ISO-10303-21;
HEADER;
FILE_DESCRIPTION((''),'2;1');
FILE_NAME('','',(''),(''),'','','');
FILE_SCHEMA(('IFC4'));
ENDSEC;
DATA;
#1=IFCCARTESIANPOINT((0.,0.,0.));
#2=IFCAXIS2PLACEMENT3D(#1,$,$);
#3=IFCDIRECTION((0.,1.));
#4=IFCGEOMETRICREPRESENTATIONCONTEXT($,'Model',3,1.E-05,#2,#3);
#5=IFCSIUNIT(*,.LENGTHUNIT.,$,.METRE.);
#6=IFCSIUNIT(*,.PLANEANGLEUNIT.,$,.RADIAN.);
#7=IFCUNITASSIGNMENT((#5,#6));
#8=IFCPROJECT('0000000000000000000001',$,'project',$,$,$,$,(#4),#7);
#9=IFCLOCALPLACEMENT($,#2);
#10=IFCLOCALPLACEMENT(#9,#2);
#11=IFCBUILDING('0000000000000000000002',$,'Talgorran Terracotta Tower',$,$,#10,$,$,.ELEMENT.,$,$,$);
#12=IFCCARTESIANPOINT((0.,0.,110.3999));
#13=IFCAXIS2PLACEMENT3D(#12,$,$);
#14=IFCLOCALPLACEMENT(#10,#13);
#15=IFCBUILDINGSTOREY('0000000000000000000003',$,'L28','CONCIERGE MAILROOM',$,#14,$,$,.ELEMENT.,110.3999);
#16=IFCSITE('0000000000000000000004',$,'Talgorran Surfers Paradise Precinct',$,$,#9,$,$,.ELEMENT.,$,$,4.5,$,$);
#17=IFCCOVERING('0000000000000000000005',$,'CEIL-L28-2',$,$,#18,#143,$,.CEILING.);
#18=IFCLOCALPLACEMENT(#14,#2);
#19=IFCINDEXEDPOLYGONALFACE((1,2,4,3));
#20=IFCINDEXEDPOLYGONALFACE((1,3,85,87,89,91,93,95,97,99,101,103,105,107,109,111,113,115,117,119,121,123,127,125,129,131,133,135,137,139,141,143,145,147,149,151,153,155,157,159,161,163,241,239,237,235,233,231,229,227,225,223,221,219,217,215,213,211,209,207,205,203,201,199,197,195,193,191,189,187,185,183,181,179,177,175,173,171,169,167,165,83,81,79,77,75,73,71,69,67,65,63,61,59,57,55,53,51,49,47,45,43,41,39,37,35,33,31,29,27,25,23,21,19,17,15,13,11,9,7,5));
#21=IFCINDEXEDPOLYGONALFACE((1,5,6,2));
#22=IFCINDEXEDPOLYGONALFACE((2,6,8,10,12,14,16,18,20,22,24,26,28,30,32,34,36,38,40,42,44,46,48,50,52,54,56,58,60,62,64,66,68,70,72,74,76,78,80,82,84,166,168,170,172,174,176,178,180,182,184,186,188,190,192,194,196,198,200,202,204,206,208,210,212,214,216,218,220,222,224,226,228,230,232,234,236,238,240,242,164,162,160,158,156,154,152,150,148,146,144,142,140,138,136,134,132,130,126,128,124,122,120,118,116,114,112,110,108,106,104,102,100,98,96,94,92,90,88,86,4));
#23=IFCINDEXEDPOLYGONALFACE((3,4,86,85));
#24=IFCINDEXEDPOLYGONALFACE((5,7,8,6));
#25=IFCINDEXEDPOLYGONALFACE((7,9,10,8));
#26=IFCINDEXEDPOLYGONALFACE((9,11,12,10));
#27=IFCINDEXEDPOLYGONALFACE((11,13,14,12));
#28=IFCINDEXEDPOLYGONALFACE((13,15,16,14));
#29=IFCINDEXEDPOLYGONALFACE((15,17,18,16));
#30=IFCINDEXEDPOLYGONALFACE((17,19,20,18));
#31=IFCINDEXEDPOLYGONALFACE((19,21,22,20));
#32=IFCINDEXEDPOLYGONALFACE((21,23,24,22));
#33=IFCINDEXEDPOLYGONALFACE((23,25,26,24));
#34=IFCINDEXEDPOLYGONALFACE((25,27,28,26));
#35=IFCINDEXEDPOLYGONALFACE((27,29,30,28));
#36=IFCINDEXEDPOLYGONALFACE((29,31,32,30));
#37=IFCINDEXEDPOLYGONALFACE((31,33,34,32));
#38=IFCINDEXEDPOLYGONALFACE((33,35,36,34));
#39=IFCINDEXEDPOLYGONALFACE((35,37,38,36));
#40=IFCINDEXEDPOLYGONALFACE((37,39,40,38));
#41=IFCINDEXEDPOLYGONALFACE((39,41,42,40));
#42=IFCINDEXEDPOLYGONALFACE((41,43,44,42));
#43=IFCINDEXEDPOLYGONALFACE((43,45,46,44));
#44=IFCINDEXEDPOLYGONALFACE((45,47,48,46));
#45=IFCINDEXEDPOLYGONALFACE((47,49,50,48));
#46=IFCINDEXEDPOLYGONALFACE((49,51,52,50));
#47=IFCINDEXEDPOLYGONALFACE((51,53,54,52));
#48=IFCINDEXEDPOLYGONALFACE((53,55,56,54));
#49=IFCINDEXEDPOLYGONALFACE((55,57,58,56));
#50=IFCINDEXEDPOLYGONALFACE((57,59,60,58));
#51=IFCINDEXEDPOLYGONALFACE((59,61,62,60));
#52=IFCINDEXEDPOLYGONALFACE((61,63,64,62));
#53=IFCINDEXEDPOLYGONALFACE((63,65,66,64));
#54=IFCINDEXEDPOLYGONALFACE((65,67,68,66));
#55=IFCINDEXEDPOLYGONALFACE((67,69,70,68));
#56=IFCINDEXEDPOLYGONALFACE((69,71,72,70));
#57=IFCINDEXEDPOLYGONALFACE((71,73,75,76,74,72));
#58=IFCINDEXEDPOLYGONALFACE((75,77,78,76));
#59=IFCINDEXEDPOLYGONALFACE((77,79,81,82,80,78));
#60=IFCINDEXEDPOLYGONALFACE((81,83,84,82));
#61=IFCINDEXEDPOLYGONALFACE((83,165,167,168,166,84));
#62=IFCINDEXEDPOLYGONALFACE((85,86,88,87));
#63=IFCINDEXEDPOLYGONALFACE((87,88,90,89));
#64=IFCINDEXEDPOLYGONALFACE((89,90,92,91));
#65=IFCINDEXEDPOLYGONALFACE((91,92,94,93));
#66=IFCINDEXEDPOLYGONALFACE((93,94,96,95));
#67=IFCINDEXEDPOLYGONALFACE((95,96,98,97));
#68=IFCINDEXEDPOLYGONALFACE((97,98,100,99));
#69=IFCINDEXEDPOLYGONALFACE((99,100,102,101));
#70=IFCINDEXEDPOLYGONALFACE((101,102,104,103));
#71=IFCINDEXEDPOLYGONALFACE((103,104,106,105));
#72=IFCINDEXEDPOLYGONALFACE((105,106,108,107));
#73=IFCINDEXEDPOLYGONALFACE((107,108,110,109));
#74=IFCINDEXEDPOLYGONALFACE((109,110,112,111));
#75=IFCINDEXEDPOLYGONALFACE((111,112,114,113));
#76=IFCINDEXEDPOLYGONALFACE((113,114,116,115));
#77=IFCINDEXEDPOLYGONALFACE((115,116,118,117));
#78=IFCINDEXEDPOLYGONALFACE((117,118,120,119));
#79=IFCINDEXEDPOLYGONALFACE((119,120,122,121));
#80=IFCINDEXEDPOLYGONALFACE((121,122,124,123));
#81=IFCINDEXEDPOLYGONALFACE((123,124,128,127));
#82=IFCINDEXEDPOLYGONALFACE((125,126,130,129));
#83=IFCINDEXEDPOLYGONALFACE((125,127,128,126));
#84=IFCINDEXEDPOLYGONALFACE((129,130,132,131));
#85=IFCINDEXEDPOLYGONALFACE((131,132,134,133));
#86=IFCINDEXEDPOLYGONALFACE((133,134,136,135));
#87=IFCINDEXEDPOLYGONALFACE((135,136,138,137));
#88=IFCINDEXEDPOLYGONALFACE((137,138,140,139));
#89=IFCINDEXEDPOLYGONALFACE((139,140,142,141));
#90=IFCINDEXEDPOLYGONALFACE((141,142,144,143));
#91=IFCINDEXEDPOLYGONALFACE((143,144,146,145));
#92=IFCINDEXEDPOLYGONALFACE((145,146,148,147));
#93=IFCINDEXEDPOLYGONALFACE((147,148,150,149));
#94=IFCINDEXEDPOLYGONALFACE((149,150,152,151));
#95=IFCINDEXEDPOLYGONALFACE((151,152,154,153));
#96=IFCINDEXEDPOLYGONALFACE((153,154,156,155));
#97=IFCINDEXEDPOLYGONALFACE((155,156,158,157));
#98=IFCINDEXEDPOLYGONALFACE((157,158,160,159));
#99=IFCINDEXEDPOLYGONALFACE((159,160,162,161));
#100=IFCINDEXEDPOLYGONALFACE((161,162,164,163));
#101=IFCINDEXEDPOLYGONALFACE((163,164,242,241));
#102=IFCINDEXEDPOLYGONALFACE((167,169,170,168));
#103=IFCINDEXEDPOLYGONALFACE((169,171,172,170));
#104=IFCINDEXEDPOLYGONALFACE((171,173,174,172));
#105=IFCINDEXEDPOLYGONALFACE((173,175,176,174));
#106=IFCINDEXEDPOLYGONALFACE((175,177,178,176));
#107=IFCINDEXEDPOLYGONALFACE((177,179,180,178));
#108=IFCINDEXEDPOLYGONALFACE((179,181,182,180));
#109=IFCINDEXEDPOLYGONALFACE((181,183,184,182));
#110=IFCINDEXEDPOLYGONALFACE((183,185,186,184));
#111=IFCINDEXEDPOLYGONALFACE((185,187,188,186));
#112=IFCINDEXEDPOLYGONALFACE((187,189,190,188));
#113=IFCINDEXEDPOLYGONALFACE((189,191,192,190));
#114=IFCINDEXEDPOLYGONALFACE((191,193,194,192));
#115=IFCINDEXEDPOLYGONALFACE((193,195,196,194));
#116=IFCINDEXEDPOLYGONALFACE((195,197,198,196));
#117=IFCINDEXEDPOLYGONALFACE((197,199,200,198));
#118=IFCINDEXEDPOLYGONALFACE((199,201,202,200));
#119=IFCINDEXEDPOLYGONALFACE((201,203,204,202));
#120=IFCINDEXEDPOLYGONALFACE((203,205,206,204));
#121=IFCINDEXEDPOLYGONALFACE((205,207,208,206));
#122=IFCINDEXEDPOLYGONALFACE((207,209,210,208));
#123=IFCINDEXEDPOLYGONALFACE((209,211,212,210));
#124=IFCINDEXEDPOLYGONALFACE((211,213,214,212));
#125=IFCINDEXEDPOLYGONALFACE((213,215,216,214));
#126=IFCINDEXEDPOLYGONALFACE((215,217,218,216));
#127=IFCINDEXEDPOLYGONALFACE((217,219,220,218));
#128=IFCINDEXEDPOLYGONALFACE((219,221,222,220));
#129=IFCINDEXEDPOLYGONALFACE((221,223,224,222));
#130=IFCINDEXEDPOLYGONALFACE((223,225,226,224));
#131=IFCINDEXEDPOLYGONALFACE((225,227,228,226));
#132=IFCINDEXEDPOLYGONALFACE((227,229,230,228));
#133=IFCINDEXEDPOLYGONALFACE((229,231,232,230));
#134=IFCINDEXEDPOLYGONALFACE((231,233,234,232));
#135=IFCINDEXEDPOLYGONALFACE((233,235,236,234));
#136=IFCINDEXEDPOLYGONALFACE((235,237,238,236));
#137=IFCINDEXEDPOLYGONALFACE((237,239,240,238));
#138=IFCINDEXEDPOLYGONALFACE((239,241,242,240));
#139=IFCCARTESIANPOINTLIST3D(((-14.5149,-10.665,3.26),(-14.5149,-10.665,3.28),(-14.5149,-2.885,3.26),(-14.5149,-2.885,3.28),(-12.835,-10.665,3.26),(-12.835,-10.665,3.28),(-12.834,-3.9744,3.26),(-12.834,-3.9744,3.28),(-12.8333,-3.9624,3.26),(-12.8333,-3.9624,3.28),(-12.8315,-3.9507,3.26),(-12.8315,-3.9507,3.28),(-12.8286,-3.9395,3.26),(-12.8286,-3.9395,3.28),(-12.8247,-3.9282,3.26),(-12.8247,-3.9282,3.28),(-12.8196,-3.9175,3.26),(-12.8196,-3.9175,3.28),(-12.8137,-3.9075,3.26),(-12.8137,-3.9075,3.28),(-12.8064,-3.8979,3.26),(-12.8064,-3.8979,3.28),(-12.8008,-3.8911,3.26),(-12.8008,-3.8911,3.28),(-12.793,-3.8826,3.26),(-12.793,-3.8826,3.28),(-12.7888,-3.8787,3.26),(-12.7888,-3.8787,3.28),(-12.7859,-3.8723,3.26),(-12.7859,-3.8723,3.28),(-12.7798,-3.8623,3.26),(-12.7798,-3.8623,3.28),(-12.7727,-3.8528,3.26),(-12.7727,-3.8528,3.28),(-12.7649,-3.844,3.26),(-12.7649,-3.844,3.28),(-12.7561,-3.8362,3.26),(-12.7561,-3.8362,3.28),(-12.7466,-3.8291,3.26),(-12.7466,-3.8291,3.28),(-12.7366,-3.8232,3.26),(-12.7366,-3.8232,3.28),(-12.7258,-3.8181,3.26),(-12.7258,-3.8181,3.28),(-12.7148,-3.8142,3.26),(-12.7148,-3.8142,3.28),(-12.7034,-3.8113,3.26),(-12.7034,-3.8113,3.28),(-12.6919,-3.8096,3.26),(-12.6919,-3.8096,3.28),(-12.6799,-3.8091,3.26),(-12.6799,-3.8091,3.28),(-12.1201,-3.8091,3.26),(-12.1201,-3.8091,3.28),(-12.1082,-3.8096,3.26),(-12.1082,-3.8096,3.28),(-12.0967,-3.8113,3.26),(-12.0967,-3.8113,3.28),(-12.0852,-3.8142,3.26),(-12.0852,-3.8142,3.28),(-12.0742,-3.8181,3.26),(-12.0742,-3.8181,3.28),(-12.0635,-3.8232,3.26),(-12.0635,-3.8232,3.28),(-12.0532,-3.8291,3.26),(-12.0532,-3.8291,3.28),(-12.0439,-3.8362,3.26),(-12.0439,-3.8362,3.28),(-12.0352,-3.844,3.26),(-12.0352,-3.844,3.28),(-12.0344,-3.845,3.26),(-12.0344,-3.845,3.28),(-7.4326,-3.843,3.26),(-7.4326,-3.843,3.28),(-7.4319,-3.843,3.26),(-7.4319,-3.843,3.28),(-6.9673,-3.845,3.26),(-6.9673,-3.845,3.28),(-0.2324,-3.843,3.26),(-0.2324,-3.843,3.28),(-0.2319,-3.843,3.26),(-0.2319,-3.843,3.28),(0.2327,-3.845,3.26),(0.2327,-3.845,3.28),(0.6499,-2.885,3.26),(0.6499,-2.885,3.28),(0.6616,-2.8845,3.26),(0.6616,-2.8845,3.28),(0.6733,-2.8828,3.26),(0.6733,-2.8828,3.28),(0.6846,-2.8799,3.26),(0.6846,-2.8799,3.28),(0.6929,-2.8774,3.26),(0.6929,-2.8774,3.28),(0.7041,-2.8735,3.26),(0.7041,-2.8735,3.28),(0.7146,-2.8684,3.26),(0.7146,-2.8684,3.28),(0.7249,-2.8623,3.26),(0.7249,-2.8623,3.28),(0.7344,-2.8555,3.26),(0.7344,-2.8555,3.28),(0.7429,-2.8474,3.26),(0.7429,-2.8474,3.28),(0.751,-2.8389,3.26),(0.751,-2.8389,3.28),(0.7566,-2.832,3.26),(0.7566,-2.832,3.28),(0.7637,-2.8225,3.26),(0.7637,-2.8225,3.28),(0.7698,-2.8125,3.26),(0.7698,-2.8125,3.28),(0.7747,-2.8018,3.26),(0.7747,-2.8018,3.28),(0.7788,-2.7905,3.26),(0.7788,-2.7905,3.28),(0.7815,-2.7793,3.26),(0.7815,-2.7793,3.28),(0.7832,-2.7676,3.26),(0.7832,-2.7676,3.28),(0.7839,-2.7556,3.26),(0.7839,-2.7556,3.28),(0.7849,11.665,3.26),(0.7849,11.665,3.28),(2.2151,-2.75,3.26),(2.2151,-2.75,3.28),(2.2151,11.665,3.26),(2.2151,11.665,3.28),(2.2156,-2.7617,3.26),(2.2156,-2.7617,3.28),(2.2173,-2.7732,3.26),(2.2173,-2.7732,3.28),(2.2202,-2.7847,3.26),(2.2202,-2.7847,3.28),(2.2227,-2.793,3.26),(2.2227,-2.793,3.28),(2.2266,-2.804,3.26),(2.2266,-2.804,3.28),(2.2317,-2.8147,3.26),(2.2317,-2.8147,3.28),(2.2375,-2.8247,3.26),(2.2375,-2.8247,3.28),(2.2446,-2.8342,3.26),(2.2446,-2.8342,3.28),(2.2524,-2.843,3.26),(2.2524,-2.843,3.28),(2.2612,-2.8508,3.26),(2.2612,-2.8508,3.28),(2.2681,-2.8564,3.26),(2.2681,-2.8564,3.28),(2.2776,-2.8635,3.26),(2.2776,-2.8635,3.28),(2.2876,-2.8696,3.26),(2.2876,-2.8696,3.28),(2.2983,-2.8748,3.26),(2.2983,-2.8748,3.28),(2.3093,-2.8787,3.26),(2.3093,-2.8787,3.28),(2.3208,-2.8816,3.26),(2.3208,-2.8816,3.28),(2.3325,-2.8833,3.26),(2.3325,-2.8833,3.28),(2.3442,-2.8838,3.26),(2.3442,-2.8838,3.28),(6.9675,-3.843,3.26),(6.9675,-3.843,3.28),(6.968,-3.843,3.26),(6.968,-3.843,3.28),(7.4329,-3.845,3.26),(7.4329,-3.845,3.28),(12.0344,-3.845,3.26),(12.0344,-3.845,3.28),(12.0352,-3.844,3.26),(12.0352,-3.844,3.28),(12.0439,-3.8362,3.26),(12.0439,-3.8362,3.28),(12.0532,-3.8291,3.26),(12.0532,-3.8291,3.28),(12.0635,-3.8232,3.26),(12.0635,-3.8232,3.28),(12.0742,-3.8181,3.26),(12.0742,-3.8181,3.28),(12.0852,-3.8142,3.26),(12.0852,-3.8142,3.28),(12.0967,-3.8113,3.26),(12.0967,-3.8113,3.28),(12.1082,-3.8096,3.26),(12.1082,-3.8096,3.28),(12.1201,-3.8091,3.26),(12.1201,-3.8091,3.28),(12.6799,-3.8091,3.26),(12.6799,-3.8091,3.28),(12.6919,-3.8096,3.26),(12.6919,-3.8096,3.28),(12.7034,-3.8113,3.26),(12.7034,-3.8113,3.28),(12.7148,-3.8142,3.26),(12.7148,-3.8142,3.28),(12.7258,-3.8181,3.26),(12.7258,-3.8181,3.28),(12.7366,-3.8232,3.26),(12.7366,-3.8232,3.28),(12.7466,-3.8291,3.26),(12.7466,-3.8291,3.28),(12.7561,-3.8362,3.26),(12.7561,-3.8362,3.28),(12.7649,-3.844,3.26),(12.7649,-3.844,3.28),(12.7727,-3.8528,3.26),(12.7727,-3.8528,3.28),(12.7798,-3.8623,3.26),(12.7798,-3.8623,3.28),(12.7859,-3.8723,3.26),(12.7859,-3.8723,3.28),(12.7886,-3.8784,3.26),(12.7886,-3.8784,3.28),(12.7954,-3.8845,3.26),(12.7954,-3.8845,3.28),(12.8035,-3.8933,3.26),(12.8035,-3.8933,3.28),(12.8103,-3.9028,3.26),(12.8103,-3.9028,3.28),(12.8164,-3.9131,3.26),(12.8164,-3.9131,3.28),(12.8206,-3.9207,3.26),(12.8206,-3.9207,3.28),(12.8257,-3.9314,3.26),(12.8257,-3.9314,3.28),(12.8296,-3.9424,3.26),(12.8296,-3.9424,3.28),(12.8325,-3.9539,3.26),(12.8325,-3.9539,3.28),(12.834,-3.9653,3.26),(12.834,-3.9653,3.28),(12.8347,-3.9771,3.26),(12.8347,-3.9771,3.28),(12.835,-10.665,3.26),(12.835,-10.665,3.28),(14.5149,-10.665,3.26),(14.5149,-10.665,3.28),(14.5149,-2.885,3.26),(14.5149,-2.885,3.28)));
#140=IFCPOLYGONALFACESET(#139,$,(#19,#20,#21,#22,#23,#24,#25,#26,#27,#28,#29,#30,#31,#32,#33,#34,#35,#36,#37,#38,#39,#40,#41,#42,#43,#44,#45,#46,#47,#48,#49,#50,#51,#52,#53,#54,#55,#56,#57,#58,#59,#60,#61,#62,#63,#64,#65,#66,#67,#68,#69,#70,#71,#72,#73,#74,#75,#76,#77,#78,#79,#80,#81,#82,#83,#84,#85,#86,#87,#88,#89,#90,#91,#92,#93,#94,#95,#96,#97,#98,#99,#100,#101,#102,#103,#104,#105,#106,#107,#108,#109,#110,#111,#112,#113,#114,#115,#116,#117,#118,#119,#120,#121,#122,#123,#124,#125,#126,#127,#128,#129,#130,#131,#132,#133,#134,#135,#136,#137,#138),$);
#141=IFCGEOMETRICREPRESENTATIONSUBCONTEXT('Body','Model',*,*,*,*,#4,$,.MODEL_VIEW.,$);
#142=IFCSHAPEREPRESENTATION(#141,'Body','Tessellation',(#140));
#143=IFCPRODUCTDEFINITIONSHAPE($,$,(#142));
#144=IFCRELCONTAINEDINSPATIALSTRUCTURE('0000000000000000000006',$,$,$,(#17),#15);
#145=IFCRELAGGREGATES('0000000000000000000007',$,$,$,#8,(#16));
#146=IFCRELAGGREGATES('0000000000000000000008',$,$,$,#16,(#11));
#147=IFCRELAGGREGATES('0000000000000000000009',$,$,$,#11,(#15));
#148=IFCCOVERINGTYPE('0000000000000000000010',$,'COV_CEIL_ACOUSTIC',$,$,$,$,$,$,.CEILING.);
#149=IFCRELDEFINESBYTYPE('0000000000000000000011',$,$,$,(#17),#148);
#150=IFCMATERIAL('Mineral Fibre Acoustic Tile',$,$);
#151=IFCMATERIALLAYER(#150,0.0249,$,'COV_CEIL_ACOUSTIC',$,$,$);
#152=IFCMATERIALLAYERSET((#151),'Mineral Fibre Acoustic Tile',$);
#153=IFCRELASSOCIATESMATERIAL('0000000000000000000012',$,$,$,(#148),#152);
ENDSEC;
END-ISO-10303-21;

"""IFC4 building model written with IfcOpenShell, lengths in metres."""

from ifc_helpers import new_model, si_unit, direction, frame, origin, place, context, subcontext, project, spatial, polyline, outline, extrude, material, layer, layer_set, type_object, element, save


model = new_model("IFC4")

# Units and contexts
model_context = context("Model", 3, precision=1e-05, world=origin(), true_north=direction((0.0, 1.0)))
body_context = subcontext(model_context, "Body", "Model", "MODEL_VIEW")
ifc_project = project(units=[si_unit("LENGTHUNIT", "METRE"), si_unit("PLANEANGLEUNIT", "RADIAN")], contexts=[model_context])

# Site, building, storey
site_placement = place(None, origin())
site = spatial("IfcSite", under=ifc_project, at=site_placement, Name="Talgorran Surfers Paradise Precinct", CompositionType="ELEMENT", RefElevation=4.5)
building_placement = place(site_placement, origin())
building = spatial("IfcBuilding", under=site, at=building_placement, Name="Talgorran Terracotta Tower", CompositionType="ELEMENT")
storey_placement = place(building_placement, frame((0.0, 0.0, 110.3999)))
storey = spatial("IfcBuildingStorey", under=building, at=storey_placement, Name="L28", Description="CONCIERGE MAILROOM", CompositionType="ELEMENT", Elevation=110.3999)

# Covering
ifc_material_1 = material(Name="Mineral Fibre Acoustic Tile")
ifc_layer_1 = layer(ifc_material_1, 0.0249, Name="COV_CEIL_ACOUSTIC")
ifc_layer_set_1 = layer_set([ifc_layer_1], Name="Mineral Fibre Acoustic Tile")
covering_type_1 = type_object("IfcCoveringType", Name="COV_CEIL_ACOUSTIC", PredefinedType="CEILING", material=ifc_layer_set_1)
covering_1_placement = place(storey_placement, frame((0.0, 0.0, 3.26)))
element("IfcCovering", 1, at=covering_1_placement, inside=storey, type_object=covering_type_1, Name="CEIL-L28-2", PredefinedType="CEILING", context=body_context, shape_type="SweptSolid", body=[
    extrude(outline(polyline([(-12.7888, -3.8787), (-12.793, -3.8826), (-12.8008, -3.8911), (-12.8064, -3.8979), (-12.8137, -3.9075), (-12.8196, -3.9175), (-12.8247, -3.9282), (-12.8286, -3.9395), (-12.8315, -3.9507), (-12.8333, -3.9624), (-12.834, -3.9744), (-12.835, -10.665), (-14.5149, -10.665), (-14.5149, -2.885), (0.6499, -2.885), (0.6616, -2.8845), (0.6733, -2.8828), (0.6846, -2.8799), (0.6929, -2.8774), (0.7041, -2.8735), (0.7146, -2.8684), (0.7249, -2.8623), (0.7344, -2.8555), (0.7429, -2.8474), (0.751, -2.8389), (0.7566, -2.832), (0.7637, -2.8225), (0.7698, -2.8125), (0.7747, -2.8018), (0.7788, -2.7905), (0.7815, -2.7793), (0.7832, -2.7676), (0.7839, -2.7556), (0.7849, 11.665), (2.2151, 11.665), (2.2151, -2.75), (2.2156, -2.7617), (2.2173, -2.7732), (2.2202, -2.7847), (2.2227, -2.793), (2.2266, -2.804), (2.2317, -2.8147), (2.2375, -2.8247), (2.2446, -2.8342), (2.2524, -2.843), (2.2612, -2.8508), (2.2681, -2.8564), (2.2776, -2.8635), (2.2876, -2.8696), (2.2983, -2.8748), (2.3093, -2.8787), (2.3208, -2.8816), (2.3325, -2.8833), (2.3442, -2.8838), (14.5149, -2.885), (14.5149, -10.665), (12.835, -10.665), (12.8347, -3.9771), (12.834, -3.9653), (12.8325, -3.9539), (12.8296, -3.9424), (12.8257, -3.9314), (12.8206, -3.9207), (12.8164, -3.9131), (12.8103, -3.9028), (12.8035, -3.8933), (12.7954, -3.8845), (12.7886, -3.8784), (12.7859, -3.8723), (12.7798, -3.8623), (12.7727, -3.8528), (12.7649, -3.844), (12.7561, -3.8362), (12.7466, -3.8291), (12.7366, -3.8232), (12.7258, -3.8181), (12.7148, -3.8142), (12.7034, -3.8113), (12.6919, -3.8096), (12.6799, -3.8091), (12.1201, -3.8091), (12.1082, -3.8096), (12.0967, -3.8113), (12.0852, -3.8142), (12.0742, -3.8181), (12.0635, -3.8232), (12.0532, -3.8291), (12.0439, -3.8362), (12.0352, -3.844), (12.0344, -3.845), (7.4329, -3.845), (6.968, -3.843), (6.9675, -3.843), (0.2327, -3.845), (-0.2319, -3.843), (-0.2324, -3.843), (-6.9673, -3.845), (-7.4319, -3.843), (-7.4326, -3.843), (-12.0344, -3.845), (-12.0352, -3.844), (-12.0439, -3.8362), (-12.0532, -3.8291), (-12.0635, -3.8232), (-12.0742, -3.8181), (-12.0852, -3.8142), (-12.0967, -3.8113), (-12.1082, -3.8096), (-12.1201, -3.8091), (-12.6799, -3.8091), (-12.6919, -3.8096), (-12.7034, -3.8113), (-12.7148, -3.8142), (-12.7258, -3.8181), (-12.7366, -3.8232), (-12.7466, -3.8291), (-12.7561, -3.8362), (-12.7649, -3.844), (-12.7727, -3.8528), (-12.7798, -3.8623), (-12.7859, -3.8723), (-12.7888, -3.8787)])), origin(), (0.0, 0.0, 1.0), 0.02),
])

save(model, "model.ifc")
